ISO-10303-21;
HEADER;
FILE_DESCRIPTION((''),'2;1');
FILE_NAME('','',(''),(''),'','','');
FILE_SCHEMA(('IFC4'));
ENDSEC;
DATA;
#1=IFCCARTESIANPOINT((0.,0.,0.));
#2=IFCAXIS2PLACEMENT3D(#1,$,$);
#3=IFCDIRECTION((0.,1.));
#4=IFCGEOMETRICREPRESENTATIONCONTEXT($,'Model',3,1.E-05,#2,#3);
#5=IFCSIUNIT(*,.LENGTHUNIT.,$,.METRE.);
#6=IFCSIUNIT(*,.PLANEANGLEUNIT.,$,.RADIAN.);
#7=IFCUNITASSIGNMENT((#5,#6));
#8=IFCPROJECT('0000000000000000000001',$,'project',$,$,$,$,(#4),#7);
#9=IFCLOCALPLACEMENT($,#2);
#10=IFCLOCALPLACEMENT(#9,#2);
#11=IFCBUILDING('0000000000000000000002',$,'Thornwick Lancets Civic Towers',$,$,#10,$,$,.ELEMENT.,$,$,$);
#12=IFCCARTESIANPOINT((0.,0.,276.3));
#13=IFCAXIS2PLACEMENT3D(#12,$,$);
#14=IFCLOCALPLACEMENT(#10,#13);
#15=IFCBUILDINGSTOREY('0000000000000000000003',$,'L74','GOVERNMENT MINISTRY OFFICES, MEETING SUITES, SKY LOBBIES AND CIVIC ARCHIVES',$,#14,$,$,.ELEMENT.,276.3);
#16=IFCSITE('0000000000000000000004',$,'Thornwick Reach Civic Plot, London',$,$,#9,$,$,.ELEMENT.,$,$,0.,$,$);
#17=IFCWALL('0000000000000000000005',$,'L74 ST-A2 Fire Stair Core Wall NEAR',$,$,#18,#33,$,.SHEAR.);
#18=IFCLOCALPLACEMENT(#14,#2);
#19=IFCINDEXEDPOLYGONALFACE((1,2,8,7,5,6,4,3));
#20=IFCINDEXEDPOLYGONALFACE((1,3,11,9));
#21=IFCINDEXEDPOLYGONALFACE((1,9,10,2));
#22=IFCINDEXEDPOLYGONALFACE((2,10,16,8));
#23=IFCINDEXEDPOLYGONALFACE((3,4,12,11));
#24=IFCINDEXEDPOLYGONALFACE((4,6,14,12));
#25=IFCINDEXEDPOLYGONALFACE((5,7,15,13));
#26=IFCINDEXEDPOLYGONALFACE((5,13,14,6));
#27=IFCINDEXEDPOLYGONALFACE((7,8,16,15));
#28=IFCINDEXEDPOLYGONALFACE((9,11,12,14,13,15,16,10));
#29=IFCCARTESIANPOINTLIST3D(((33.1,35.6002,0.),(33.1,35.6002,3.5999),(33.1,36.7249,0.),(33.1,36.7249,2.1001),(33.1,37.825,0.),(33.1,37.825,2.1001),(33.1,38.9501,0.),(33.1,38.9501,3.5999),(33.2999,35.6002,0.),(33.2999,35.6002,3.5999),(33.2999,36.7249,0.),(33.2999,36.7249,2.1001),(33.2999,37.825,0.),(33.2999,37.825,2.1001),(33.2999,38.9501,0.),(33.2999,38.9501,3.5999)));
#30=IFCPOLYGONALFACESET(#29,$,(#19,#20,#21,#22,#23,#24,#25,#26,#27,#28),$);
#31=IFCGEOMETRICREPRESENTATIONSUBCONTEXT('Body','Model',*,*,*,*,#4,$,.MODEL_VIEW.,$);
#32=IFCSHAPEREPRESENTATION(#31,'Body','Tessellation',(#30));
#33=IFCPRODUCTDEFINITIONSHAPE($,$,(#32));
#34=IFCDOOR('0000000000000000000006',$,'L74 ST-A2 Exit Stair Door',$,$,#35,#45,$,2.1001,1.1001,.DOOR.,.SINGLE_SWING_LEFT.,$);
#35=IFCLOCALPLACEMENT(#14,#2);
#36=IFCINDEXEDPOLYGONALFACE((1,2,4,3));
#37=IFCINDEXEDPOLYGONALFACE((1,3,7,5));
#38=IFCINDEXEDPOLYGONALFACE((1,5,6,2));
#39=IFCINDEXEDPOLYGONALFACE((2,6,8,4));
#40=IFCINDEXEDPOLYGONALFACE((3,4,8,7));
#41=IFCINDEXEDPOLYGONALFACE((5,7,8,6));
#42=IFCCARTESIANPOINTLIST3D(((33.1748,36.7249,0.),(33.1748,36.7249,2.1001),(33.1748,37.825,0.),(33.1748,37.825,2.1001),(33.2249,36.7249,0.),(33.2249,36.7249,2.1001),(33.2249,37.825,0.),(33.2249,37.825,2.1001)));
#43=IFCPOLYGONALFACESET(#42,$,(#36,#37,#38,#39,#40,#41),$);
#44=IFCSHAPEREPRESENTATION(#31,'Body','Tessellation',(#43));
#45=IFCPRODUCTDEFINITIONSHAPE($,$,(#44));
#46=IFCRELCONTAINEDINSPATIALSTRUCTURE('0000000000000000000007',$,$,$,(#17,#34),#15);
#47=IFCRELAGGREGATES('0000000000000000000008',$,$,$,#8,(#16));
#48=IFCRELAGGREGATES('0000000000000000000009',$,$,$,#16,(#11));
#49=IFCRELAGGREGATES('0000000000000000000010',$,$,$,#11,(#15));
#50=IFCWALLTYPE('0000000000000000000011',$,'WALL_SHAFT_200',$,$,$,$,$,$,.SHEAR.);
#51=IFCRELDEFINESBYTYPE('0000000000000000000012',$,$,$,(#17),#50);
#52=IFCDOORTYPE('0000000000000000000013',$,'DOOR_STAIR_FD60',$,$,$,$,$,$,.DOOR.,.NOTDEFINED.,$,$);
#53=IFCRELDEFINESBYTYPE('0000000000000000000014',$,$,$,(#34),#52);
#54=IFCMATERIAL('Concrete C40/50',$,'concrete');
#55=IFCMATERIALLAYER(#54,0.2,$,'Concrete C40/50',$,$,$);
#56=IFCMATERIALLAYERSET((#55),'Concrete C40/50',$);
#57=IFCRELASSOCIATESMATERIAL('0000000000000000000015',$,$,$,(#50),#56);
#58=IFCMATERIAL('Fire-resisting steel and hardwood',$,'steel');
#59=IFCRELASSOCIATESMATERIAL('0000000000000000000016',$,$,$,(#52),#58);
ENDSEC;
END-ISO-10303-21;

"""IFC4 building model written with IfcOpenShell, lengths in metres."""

from ifc_helpers import new_model, si_unit, direction, frame, frame_2d, origin, place, context, subcontext, project, spatial, rectangle, extrude, material, layer, layer_set, type_object, element, fill, save


model = new_model("IFC4")

# Units and contexts
model_context = context("Model", 3, precision=1e-05, world=origin(), true_north=direction((0.0, 1.0)))
body_context = subcontext(model_context, "Body", "Model", "MODEL_VIEW")
ifc_project = project(units=[si_unit("LENGTHUNIT", "METRE"), si_unit("PLANEANGLEUNIT", "RADIAN")], contexts=[model_context])

# Site, building, storey
site_placement = place(None, origin())
site = spatial("IfcSite", under=ifc_project, at=site_placement, Name="Thornwick Reach Civic Plot, London", CompositionType="ELEMENT", RefElevation=0.0)
building_placement = place(site_placement, origin())
building = spatial("IfcBuilding", under=site, at=building_placement, Name="Thornwick Lancets Civic Towers", CompositionType="ELEMENT")
storey_placement = place(building_placement, frame((0.0, 0.0, 276.3)))
storey = spatial("IfcBuildingStorey", under=building, at=storey_placement, Name="L74", Description="GOVERNMENT MINISTRY OFFICES, MEETING SUITES, SKY LOBBIES AND CIVIC ARCHIVES", CompositionType="ELEMENT", Elevation=276.3)

# Wall, opening, door
ifc_material_1 = material(Name="Concrete C40/50", Category="concrete")
ifc_layer_1 = layer(ifc_material_1, 0.2, Name="Concrete C40/50")
ifc_layer_set_1 = layer_set([ifc_layer_1], Name="Concrete C40/50")
wall_type_1 = type_object("IfcWallType", Name="WALL_SHAFT_200", PredefinedType="SHEAR", material=ifc_layer_set_1)
wall_1_placement = place(storey_placement, frame((33.2, 38.95, 0.0), z_axis=(0.0, 0.0, 1.0), x_axis=(0.0, -1.0, 0.0)))
wall_1 = element("IfcWall", 1, at=wall_1_placement, inside=storey, type_object=wall_type_1, Name="L74 ST-A2 Fire Stair Core Wall NEAR", PredefinedType="SHEAR", context=body_context, shape_type="SweptSolid", body=[
    extrude(rectangle(XDim=3.3499, YDim=0.2, at=frame_2d((1.6748, 0.0))), origin(), (0.0, 0.0, 1.0), 3.5999),
])
opening_1_placement = place(wall_1_placement, frame((1.125, 0.0, 0.0)))
opening_1 = element("IfcOpeningElement", 2, at=opening_1_placement, cuts=wall_1, PredefinedType="OPENING", context=body_context, shape_type="SweptSolid", body=[
    extrude(rectangle(XDim=1.1001, YDim=2.1001, at=frame_2d((0.55, 1.05))), frame((0.0, 0.1099, 0.0), z_axis=(0.0, -1.0, 0.0), x_axis=(1.0, 0.0, 0.0)), (0.0, 0.0, 1.0), 0.22),
])
ifc_material_2 = material(Name="Fire-resisting steel and hardwood", Category="steel")
door_type = type_object("IfcDoorType", Name="DOOR_STAIR_FD60", OperationType="NOTDEFINED", PredefinedType="DOOR", material=ifc_material_2)
door_placement = place(opening_1_placement, origin())
door = element("IfcDoor", 3, at=door_placement, inside=storey, type_object=door_type, Name="L74 ST-A2 Exit Stair Door", OperationType="SINGLE_SWING_LEFT", OverallHeight=2.1001, OverallWidth=1.1001, PredefinedType="DOOR", context=body_context, shape_type="SweptSolid", body=[
    extrude(rectangle(XDim=1.1001, YDim=2.1001, at=frame_2d((0.55, 1.05))), frame((0.0, 0.0249, 0.0), z_axis=(0.0, -1.0, 0.0), x_axis=(1.0, 0.0, 0.0)), (0.0, 0.0, 1.0), 0.05),
])
fill(opening_1, door)

save(model, "model.ifc")
